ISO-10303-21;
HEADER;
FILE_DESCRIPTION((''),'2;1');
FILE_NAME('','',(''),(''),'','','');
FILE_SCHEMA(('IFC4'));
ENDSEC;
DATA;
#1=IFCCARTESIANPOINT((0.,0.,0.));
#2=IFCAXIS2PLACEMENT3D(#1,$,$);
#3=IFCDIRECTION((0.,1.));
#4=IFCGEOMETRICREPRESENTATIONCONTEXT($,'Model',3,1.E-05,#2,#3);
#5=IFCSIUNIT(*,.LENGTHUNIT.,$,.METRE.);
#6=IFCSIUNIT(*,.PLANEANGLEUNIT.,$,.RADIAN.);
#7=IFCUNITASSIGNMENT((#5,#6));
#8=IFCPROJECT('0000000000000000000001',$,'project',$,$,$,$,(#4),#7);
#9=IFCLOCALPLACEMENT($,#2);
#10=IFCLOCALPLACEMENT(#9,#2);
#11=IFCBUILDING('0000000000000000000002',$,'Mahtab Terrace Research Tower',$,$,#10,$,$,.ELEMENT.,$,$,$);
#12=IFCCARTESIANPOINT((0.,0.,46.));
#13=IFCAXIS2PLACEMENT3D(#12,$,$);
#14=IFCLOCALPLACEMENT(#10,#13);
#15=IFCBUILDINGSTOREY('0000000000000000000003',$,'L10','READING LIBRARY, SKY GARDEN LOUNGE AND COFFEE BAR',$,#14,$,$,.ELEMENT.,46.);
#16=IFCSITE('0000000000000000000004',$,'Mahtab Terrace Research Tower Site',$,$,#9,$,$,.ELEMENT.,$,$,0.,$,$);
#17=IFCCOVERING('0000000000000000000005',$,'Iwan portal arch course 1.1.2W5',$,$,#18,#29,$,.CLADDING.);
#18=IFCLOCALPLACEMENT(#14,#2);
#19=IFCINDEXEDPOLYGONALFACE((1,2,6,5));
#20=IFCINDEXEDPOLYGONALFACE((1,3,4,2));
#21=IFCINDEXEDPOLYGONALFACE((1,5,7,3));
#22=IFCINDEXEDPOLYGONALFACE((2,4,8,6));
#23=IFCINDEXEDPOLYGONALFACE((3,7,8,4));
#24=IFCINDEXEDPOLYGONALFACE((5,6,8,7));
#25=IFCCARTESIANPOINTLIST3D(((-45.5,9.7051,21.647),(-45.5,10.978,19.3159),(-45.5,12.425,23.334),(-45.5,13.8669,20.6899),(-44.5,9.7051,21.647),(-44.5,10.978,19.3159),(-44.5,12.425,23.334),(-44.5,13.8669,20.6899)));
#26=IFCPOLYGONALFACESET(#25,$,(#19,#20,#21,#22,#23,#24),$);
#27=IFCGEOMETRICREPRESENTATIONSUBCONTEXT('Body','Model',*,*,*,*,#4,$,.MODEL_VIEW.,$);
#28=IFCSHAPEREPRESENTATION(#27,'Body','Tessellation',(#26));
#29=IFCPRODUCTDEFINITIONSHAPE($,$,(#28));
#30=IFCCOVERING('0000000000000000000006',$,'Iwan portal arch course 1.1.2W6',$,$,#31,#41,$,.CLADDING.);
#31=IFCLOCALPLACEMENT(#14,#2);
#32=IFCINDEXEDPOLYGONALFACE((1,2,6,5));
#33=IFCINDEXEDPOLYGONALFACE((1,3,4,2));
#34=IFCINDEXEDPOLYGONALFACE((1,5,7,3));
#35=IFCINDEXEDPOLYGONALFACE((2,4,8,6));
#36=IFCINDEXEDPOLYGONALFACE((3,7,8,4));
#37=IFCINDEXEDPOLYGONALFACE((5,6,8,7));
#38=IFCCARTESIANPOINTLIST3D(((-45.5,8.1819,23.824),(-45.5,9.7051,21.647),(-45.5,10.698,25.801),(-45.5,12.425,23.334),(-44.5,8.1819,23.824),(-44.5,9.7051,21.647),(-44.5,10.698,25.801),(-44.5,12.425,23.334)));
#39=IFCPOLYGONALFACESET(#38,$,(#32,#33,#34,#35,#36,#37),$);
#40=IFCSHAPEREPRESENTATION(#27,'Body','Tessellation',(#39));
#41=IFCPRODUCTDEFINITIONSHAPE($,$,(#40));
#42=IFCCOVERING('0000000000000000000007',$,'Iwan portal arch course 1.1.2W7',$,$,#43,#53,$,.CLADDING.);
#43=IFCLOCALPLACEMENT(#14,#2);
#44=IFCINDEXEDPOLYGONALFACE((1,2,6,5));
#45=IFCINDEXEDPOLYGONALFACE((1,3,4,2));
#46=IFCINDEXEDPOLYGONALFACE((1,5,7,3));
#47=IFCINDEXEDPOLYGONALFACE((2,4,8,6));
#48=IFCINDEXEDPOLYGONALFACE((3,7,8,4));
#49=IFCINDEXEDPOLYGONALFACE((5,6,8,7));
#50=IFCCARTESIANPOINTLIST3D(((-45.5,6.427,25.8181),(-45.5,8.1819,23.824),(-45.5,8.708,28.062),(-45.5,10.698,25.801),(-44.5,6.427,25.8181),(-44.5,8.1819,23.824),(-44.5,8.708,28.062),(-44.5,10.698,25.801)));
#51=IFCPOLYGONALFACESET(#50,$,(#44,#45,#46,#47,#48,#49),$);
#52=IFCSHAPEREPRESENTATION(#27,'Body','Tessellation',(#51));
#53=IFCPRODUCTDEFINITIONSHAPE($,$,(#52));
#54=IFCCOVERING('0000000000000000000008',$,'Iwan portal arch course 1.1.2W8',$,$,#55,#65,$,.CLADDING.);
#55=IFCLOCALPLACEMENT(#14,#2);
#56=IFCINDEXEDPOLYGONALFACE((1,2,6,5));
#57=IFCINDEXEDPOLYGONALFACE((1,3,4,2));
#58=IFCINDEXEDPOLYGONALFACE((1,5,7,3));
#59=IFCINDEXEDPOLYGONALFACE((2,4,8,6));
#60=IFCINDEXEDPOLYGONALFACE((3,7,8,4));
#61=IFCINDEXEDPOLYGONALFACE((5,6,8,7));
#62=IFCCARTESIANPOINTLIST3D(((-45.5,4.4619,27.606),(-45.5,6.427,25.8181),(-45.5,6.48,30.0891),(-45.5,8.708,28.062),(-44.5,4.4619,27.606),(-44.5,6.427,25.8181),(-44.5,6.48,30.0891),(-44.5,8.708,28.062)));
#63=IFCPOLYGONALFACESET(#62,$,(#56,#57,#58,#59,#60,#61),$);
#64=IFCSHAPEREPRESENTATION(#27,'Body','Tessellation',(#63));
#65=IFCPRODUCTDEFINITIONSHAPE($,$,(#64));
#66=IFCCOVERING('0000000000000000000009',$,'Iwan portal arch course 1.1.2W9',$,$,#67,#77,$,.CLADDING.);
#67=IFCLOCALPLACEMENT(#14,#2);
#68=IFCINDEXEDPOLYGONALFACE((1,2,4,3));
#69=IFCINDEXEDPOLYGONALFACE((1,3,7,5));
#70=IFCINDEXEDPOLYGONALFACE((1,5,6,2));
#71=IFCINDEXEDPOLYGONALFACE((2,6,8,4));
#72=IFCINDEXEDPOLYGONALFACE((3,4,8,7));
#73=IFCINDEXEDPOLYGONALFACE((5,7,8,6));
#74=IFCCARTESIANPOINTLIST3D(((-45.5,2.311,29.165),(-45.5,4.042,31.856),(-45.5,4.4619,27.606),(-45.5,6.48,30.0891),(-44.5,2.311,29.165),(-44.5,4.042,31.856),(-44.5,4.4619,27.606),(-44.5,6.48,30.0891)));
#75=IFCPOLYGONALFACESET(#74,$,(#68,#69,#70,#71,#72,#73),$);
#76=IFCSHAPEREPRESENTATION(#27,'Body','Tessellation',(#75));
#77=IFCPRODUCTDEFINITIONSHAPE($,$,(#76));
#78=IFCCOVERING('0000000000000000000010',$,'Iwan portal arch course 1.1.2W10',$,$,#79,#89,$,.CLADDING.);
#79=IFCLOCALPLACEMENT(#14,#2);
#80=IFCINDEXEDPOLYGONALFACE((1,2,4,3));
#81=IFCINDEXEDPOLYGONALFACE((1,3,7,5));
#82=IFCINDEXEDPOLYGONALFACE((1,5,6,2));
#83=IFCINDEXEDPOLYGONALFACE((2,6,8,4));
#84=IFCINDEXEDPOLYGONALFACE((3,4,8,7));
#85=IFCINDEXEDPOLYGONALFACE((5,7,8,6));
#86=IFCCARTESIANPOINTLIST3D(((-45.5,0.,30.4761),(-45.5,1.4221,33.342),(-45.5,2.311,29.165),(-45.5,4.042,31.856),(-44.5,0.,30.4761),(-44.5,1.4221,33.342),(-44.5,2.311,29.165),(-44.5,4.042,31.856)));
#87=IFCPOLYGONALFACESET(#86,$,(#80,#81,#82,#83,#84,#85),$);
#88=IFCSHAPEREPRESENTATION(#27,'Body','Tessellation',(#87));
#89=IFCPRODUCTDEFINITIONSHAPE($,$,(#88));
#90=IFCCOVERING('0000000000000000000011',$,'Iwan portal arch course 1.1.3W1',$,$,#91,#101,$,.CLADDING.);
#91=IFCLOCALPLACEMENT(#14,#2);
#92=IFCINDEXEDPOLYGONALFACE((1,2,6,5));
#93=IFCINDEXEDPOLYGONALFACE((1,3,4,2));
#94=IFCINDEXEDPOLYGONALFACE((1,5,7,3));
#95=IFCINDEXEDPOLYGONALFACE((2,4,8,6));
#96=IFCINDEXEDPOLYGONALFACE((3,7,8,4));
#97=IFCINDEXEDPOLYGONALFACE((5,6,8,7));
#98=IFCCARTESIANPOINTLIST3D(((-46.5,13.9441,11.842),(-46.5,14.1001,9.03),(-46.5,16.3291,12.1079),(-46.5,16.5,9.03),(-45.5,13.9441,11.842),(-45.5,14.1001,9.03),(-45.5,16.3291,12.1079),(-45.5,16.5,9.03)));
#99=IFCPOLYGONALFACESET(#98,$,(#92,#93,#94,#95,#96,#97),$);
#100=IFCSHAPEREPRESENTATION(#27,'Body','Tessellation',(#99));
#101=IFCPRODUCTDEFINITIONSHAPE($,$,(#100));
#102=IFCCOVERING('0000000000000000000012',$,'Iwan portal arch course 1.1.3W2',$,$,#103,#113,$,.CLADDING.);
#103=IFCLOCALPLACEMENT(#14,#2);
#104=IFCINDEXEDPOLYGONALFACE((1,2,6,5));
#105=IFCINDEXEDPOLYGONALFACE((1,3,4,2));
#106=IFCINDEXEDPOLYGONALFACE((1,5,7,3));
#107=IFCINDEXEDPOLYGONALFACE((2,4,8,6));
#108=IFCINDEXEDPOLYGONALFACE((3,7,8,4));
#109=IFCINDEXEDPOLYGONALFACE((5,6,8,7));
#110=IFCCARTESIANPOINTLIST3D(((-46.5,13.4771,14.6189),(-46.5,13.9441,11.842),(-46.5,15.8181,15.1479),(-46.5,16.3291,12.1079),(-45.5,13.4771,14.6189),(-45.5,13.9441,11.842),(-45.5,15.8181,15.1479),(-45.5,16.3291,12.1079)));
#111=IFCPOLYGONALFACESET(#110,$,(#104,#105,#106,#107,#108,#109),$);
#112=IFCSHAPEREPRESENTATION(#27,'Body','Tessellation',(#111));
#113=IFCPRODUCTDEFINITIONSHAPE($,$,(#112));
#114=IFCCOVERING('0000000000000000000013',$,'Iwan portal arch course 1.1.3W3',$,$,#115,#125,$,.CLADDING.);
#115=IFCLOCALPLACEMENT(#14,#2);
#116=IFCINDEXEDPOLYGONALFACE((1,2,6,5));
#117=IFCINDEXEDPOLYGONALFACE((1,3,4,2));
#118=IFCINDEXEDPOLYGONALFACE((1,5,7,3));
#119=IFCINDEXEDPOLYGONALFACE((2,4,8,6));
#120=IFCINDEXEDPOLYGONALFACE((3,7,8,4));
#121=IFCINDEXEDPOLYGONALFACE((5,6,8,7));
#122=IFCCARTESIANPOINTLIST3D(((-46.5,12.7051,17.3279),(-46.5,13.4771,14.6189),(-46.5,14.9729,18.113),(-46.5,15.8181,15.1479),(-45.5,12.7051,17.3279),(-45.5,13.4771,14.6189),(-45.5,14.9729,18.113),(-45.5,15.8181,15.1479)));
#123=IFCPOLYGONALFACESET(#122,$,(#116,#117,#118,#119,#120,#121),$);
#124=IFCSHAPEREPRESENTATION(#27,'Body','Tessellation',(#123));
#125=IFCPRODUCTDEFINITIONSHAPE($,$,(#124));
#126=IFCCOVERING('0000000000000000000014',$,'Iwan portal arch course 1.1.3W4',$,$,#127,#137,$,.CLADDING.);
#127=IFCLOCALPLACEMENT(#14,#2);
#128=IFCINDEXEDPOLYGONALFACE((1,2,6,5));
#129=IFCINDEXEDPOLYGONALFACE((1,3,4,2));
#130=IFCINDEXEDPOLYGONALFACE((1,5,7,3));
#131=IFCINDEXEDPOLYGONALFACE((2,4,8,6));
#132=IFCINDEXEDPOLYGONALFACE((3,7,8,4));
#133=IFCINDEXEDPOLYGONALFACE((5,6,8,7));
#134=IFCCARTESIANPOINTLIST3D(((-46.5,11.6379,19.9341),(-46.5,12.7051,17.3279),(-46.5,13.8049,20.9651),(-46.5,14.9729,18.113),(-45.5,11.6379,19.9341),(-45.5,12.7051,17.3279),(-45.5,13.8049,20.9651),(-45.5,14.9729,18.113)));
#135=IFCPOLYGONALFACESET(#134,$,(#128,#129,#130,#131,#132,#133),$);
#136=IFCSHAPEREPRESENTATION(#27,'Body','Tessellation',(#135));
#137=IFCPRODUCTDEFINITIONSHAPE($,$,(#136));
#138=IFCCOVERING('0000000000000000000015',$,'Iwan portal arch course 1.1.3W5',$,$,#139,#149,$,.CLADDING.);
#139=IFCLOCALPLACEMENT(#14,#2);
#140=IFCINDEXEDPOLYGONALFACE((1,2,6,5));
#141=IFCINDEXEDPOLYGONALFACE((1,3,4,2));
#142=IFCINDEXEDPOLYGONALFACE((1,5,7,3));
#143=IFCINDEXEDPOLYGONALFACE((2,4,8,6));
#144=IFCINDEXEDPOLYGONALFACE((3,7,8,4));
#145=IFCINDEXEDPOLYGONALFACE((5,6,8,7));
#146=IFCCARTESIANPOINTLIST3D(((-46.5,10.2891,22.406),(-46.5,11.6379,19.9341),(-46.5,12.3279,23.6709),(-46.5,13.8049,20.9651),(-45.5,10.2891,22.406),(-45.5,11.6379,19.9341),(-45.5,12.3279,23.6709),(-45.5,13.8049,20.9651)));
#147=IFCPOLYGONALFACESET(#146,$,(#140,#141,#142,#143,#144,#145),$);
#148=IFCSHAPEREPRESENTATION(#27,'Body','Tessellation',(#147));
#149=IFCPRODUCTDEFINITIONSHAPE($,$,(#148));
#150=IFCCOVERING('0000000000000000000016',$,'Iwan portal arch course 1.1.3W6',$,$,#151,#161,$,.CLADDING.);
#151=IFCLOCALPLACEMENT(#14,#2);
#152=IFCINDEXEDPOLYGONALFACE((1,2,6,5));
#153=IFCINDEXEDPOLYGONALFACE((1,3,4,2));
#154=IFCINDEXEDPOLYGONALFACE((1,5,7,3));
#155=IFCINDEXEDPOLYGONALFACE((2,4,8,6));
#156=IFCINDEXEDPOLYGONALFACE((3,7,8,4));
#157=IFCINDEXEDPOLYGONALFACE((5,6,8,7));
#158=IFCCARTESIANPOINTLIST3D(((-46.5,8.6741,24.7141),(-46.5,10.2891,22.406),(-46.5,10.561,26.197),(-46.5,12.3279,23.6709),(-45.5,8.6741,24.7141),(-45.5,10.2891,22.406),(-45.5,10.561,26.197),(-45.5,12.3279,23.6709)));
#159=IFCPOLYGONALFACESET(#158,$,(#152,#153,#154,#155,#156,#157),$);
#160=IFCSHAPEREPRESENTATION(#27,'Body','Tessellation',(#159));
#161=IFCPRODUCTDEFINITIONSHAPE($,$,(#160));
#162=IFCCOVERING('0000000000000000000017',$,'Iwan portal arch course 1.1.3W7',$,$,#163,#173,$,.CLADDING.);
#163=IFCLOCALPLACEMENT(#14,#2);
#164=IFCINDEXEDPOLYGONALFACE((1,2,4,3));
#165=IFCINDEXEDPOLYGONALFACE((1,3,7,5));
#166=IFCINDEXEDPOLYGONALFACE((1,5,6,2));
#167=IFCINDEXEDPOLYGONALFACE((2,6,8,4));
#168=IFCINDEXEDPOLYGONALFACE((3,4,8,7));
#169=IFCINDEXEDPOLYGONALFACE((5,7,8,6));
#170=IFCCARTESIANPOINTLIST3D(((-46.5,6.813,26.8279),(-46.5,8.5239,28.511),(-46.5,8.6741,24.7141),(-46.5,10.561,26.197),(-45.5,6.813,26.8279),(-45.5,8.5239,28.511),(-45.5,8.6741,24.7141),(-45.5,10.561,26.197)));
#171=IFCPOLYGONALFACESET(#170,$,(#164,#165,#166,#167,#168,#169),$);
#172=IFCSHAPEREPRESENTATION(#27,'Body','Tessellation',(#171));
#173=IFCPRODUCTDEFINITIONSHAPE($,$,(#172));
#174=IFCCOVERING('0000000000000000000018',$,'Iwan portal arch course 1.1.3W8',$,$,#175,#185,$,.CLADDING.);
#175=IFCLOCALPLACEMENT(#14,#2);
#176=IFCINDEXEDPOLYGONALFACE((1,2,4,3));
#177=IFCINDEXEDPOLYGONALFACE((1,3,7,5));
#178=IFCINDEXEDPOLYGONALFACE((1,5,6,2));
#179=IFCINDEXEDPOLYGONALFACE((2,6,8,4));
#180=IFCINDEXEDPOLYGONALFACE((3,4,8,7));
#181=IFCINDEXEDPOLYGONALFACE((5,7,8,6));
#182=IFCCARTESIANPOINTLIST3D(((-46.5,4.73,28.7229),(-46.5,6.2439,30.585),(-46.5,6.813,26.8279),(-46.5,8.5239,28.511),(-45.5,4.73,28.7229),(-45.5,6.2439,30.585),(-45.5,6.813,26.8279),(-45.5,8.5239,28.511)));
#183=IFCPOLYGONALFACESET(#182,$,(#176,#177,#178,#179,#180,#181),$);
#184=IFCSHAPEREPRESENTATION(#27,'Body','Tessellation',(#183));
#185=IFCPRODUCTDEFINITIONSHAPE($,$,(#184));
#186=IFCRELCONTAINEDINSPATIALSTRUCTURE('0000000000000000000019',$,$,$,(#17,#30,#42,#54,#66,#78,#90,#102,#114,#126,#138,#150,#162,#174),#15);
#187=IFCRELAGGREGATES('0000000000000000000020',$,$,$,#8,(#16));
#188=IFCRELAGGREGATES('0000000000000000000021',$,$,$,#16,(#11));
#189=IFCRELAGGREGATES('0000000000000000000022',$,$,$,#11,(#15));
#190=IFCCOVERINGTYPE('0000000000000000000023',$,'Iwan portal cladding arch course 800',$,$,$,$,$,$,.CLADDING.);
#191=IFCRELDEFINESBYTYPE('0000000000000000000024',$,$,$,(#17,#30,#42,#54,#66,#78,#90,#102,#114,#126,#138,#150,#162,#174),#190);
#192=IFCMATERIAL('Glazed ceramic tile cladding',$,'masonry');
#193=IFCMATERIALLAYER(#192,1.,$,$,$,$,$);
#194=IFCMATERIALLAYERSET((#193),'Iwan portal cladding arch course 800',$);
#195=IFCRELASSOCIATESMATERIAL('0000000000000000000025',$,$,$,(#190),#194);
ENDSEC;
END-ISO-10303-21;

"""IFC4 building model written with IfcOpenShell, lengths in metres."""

from ifc_helpers import new_model, si_unit, direction, frame, origin, place, context, subcontext, project, spatial, polyline, outline, extrude, material, layer, layer_set, type_object, element, save


model = new_model("IFC4")

# Units and contexts
model_context = context("Model", 3, precision=1e-05, world=origin(), true_north=direction((0.0, 1.0)))
body_context = subcontext(model_context, "Body", "Model", "MODEL_VIEW")
ifc_project = project(units=[si_unit("LENGTHUNIT", "METRE"), si_unit("PLANEANGLEUNIT", "RADIAN")], contexts=[model_context])

# Site, building, storey
site_placement = place(None, origin())
site = spatial("IfcSite", under=ifc_project, at=site_placement, Name="Mahtab Terrace Research Tower Site", CompositionType="ELEMENT", RefElevation=0.0)
building_placement = place(site_placement, origin())
building = spatial("IfcBuilding", under=site, at=building_placement, Name="Mahtab Terrace Research Tower", CompositionType="ELEMENT")
storey_placement = place(building_placement, frame((0.0, 0.0, 46.0)))
storey = spatial("IfcBuildingStorey", under=building, at=storey_placement, Name="L10", Description="READING LIBRARY, SKY GARDEN LOUNGE AND COFFEE BAR", CompositionType="ELEMENT", Elevation=46.0)

# Coverings
ifc_material_1 = material(Name="Glazed ceramic tile cladding", Category="masonry")
ifc_layer_1 = layer(ifc_material_1, 1.0)
ifc_layer_set_1 = layer_set([ifc_layer_1], Name="Iwan portal cladding arch course 800")
covering_type_1 = type_object("IfcCoveringType", Name="Iwan portal cladding arch course 800", PredefinedType="CLADDING", material=ifc_layer_set_1)
covering_1_placement = place(storey_placement, frame((-44.5, 13.8669, 20.6899), z_axis=(1.0, 0.0, 0.0), x_axis=(0.0, -0.478773, 0.877939)))
element("IfcCovering", 1, at=covering_1_placement, inside=storey, type_object=covering_type_1, Name="Iwan portal arch course 1.1.2W5", PredefinedType="CLADDING", context=body_context, shape_type="SweptSolid", body=[
    extrude(outline(polyline([(0.0, 0.0), (3.0116, 0.0), (2.8328, 3.1957), (0.1768, 3.1941), (0.0, 0.0)])), origin(), (0.0, 0.0, -1.0), 1.0),
])
covering_2_placement = place(storey_placement, frame((-44.5, 12.425, 23.334), z_axis=(1.0, 0.0, 0.0), x_axis=(0.0, -0.57349, 0.819213)))
element("IfcCovering", 2, at=covering_2_placement, inside=storey, type_object=covering_type_1, Name="Iwan portal arch course 1.1.2W6", PredefinedType="CLADDING", context=body_context, shape_type="SweptSolid", body=[
    extrude(outline(polyline([(0.0, 0.0), (3.0115, 0.0), (2.8348, 3.1951), (0.1779, 3.1957), (0.0, 0.0)])), origin(), (0.0, 0.0, -1.0), 1.0),
])
covering_3_placement = place(storey_placement, frame((-44.5, 10.698, 25.801), z_axis=(1.0, 0.0, 0.0), x_axis=(0.0, -0.660688, 0.75066)))
element("IfcCovering", 3, at=covering_3_placement, inside=storey, type_object=covering_type_1, Name="Iwan portal arch course 1.1.2W7", PredefinedType="CLADDING", context=body_context, shape_type="SweptSolid", body=[
    extrude(outline(polyline([(0.0, 0.0), (3.012, 0.0), (2.8346, 3.1948), (0.1783, 3.195), (0.0, 0.0)])), origin(), (0.0, 0.0, -1.0), 1.0),
])
covering_4_placement = place(storey_placement, frame((-44.5, 8.708, 28.062), z_axis=(1.0, 0.0, 0.0), x_axis=(0.0, -0.739672, 0.672967)))
element("IfcCovering", 4, at=covering_4_placement, inside=storey, type_object=covering_type_1, Name="Iwan portal arch course 1.1.2W8", PredefinedType="CLADDING", context=body_context, shape_type="SweptSolid", body=[
    extrude(outline(polyline([(0.0, 0.0), (3.0122, 0.0), (2.8338, 3.1948), (0.1771, 3.1948), (0.0, 0.0)])), origin(), (0.0, 0.0, -1.0), 1.0),
])
covering_5_placement = place(storey_placement, frame((-44.5, 6.48, 30.0891), z_axis=(1.0, 0.0, 0.0), x_axis=(0.0, -0.80972, 0.586816)))
element("IfcCovering", 5, at=covering_5_placement, inside=storey, type_object=covering_type_1, Name="Iwan portal arch course 1.1.2W9", PredefinedType="CLADDING", context=body_context, shape_type="SweptSolid", body=[
    extrude(outline(polyline([(0.0, 0.0), (3.0109, 0.0), (2.8334, 3.1946), (0.1769, 3.1949), (0.0, 0.0)])), origin(), (0.0, 0.0, -1.0), 1.0),
])
covering_6_placement = place(storey_placement, frame((-44.5, 4.042, 31.856), z_axis=(1.0, 0.0, 0.0), x_axis=(0.0, -0.86981, 0.493387)))
element("IfcCovering", 6, at=covering_6_placement, inside=storey, type_object=covering_type_1, Name="Iwan portal arch course 1.1.2W10", PredefinedType="CLADDING", context=body_context, shape_type="SweptSolid", body=[
    extrude(outline(polyline([(0.0, 0.0), (3.012, 0.0), (2.8349, 3.1945), (0.1779, 3.1946), (0.0, 0.0)])), origin(), (0.0, 0.0, -1.0), 1.0),
])
covering_7_placement = place(storey_placement, frame((-45.5, 16.5, 9.03), z_axis=(1.0, 0.0, 0.0), x_axis=(0.0, -0.055439, 0.998462)))
element("IfcCovering", 7, at=covering_7_placement, inside=storey, type_object=covering_type_1, Name="Iwan portal arch course 1.1.3W1", PredefinedType="CLADDING", context=body_context, shape_type="SweptSolid", body=[
    extrude(outline(polyline([(0.0, 0.0), (3.0826, 0.0), (2.9494, 2.3961), (0.133, 2.3962), (0.0, 0.0)])), origin(), (0.0, 0.0, -1.0), 1.0),
])
covering_8_placement = place(storey_placement, frame((-45.5, 16.3291, 12.1079), z_axis=(1.0, 0.0, 0.0), x_axis=(0.0, -0.16576, 0.986166)))
element("IfcCovering", 8, at=covering_8_placement, inside=storey, type_object=covering_type_1, Name="Iwan portal arch course 1.1.3W2", PredefinedType="CLADDING", context=body_context, shape_type="SweptSolid", body=[
    extrude(outline(polyline([(0.0, 0.0), (3.0827, 0.0), (2.949, 2.3964), (0.1331, 2.3961), (0.0, 0.0)])), origin(), (0.0, 0.0, -1.0), 1.0),
])
covering_9_placement = place(storey_placement, frame((-45.5, 15.8181, 15.1479), z_axis=(1.0, 0.0, 0.0), x_axis=(0.0, -0.274135, 0.961691)))
element("IfcCovering", 9, at=covering_9_placement, inside=storey, type_object=covering_type_1, Name="Iwan portal arch course 1.1.3W3", PredefinedType="CLADDING", context=body_context, shape_type="SweptSolid", body=[
    extrude(outline(polyline([(0.0, 0.0), (3.0832, 0.0), (2.9498, 2.3962), (0.133, 2.3964), (0.0, 0.0)])), origin(), (0.0, 0.0, -1.0), 1.0),
])
covering_10_placement = place(storey_placement, frame((-45.5, 14.9729, 18.113), z_axis=(1.0, 0.0, 0.0), x_axis=(0.0, -0.378972, 0.925408)))
element("IfcCovering", 10, at=covering_10_placement, inside=storey, type_object=covering_type_1, Name="Iwan portal arch course 1.1.3W4", PredefinedType="CLADDING", context=body_context, shape_type="SweptSolid", body=[
    extrude(outline(polyline([(0.0, 0.0), (3.0819, 0.0), (2.9491, 2.3961), (0.1329, 2.3962), (0.0, 0.0)])), origin(), (0.0, 0.0, -1.0), 1.0),
])
covering_11_placement = place(storey_placement, frame((-45.5, 13.8049, 20.9651), z_axis=(1.0, 0.0, 0.0), x_axis=(0.0, -0.479141, 0.877738)))
element("IfcCovering", 11, at=covering_11_placement, inside=storey, type_object=covering_type_1, Name="Iwan portal arch course 1.1.3W5", PredefinedType="CLADDING", context=body_context, shape_type="SweptSolid", body=[
    extrude(outline(polyline([(0.0, 0.0), (3.0827, 0.0), (2.9493, 2.3956), (0.1333, 2.396), (0.0, 0.0)])), origin(), (0.0, 0.0, -1.0), 1.0),
])
covering_12_placement = place(storey_placement, frame((-45.5, 12.3279, 23.6709), z_axis=(1.0, 0.0, 0.0), x_axis=(0.0, -0.573149, 0.819451)))
element("IfcCovering", 12, at=covering_12_placement, inside=storey, type_object=covering_type_1, Name="Iwan portal arch course 1.1.3W6", PredefinedType="CLADDING", context=body_context, shape_type="SweptSolid", body=[
    extrude(outline(polyline([(0.0, 0.0), (3.0827, 0.0), (2.949, 2.3962), (0.132, 2.3957), (0.0, 0.0)])), origin(), (0.0, 0.0, -1.0), 1.0),
])
covering_13_placement = place(storey_placement, frame((-45.5, 10.561, 26.197), z_axis=(1.0, 0.0, 0.0), x_axis=(0.0, -0.660778, 0.750582)))
element("IfcCovering", 13, at=covering_13_placement, inside=storey, type_object=covering_type_1, Name="Iwan portal arch course 1.1.3W7", PredefinedType="CLADDING", context=body_context, shape_type="SweptSolid", body=[
    extrude(outline(polyline([(0.0, 0.0), (3.0829, 0.0), (2.9501, 2.3964), (0.1338, 2.3962), (0.0, 0.0)])), origin(), (0.0, 0.0, -1.0), 1.0),
])
covering_14_placement = place(storey_placement, frame((-45.5, 8.5239, 28.511), z_axis=(1.0, 0.0, 0.0), x_axis=(0.0, -0.739743, 0.67289)))
element("IfcCovering", 14, at=covering_14_placement, inside=storey, type_object=covering_type_1, Name="Iwan portal arch course 1.1.3W8", PredefinedType="CLADDING", context=body_context, shape_type="SweptSolid", body=[
    extrude(outline(polyline([(0.0, 0.0), (3.0822, 0.0), (2.9491, 2.3961), (0.1331, 2.3963), (0.0, 0.0)])), origin(), (0.0, 0.0, -1.0), 1.0),
])

save(model, "model.ifc")
